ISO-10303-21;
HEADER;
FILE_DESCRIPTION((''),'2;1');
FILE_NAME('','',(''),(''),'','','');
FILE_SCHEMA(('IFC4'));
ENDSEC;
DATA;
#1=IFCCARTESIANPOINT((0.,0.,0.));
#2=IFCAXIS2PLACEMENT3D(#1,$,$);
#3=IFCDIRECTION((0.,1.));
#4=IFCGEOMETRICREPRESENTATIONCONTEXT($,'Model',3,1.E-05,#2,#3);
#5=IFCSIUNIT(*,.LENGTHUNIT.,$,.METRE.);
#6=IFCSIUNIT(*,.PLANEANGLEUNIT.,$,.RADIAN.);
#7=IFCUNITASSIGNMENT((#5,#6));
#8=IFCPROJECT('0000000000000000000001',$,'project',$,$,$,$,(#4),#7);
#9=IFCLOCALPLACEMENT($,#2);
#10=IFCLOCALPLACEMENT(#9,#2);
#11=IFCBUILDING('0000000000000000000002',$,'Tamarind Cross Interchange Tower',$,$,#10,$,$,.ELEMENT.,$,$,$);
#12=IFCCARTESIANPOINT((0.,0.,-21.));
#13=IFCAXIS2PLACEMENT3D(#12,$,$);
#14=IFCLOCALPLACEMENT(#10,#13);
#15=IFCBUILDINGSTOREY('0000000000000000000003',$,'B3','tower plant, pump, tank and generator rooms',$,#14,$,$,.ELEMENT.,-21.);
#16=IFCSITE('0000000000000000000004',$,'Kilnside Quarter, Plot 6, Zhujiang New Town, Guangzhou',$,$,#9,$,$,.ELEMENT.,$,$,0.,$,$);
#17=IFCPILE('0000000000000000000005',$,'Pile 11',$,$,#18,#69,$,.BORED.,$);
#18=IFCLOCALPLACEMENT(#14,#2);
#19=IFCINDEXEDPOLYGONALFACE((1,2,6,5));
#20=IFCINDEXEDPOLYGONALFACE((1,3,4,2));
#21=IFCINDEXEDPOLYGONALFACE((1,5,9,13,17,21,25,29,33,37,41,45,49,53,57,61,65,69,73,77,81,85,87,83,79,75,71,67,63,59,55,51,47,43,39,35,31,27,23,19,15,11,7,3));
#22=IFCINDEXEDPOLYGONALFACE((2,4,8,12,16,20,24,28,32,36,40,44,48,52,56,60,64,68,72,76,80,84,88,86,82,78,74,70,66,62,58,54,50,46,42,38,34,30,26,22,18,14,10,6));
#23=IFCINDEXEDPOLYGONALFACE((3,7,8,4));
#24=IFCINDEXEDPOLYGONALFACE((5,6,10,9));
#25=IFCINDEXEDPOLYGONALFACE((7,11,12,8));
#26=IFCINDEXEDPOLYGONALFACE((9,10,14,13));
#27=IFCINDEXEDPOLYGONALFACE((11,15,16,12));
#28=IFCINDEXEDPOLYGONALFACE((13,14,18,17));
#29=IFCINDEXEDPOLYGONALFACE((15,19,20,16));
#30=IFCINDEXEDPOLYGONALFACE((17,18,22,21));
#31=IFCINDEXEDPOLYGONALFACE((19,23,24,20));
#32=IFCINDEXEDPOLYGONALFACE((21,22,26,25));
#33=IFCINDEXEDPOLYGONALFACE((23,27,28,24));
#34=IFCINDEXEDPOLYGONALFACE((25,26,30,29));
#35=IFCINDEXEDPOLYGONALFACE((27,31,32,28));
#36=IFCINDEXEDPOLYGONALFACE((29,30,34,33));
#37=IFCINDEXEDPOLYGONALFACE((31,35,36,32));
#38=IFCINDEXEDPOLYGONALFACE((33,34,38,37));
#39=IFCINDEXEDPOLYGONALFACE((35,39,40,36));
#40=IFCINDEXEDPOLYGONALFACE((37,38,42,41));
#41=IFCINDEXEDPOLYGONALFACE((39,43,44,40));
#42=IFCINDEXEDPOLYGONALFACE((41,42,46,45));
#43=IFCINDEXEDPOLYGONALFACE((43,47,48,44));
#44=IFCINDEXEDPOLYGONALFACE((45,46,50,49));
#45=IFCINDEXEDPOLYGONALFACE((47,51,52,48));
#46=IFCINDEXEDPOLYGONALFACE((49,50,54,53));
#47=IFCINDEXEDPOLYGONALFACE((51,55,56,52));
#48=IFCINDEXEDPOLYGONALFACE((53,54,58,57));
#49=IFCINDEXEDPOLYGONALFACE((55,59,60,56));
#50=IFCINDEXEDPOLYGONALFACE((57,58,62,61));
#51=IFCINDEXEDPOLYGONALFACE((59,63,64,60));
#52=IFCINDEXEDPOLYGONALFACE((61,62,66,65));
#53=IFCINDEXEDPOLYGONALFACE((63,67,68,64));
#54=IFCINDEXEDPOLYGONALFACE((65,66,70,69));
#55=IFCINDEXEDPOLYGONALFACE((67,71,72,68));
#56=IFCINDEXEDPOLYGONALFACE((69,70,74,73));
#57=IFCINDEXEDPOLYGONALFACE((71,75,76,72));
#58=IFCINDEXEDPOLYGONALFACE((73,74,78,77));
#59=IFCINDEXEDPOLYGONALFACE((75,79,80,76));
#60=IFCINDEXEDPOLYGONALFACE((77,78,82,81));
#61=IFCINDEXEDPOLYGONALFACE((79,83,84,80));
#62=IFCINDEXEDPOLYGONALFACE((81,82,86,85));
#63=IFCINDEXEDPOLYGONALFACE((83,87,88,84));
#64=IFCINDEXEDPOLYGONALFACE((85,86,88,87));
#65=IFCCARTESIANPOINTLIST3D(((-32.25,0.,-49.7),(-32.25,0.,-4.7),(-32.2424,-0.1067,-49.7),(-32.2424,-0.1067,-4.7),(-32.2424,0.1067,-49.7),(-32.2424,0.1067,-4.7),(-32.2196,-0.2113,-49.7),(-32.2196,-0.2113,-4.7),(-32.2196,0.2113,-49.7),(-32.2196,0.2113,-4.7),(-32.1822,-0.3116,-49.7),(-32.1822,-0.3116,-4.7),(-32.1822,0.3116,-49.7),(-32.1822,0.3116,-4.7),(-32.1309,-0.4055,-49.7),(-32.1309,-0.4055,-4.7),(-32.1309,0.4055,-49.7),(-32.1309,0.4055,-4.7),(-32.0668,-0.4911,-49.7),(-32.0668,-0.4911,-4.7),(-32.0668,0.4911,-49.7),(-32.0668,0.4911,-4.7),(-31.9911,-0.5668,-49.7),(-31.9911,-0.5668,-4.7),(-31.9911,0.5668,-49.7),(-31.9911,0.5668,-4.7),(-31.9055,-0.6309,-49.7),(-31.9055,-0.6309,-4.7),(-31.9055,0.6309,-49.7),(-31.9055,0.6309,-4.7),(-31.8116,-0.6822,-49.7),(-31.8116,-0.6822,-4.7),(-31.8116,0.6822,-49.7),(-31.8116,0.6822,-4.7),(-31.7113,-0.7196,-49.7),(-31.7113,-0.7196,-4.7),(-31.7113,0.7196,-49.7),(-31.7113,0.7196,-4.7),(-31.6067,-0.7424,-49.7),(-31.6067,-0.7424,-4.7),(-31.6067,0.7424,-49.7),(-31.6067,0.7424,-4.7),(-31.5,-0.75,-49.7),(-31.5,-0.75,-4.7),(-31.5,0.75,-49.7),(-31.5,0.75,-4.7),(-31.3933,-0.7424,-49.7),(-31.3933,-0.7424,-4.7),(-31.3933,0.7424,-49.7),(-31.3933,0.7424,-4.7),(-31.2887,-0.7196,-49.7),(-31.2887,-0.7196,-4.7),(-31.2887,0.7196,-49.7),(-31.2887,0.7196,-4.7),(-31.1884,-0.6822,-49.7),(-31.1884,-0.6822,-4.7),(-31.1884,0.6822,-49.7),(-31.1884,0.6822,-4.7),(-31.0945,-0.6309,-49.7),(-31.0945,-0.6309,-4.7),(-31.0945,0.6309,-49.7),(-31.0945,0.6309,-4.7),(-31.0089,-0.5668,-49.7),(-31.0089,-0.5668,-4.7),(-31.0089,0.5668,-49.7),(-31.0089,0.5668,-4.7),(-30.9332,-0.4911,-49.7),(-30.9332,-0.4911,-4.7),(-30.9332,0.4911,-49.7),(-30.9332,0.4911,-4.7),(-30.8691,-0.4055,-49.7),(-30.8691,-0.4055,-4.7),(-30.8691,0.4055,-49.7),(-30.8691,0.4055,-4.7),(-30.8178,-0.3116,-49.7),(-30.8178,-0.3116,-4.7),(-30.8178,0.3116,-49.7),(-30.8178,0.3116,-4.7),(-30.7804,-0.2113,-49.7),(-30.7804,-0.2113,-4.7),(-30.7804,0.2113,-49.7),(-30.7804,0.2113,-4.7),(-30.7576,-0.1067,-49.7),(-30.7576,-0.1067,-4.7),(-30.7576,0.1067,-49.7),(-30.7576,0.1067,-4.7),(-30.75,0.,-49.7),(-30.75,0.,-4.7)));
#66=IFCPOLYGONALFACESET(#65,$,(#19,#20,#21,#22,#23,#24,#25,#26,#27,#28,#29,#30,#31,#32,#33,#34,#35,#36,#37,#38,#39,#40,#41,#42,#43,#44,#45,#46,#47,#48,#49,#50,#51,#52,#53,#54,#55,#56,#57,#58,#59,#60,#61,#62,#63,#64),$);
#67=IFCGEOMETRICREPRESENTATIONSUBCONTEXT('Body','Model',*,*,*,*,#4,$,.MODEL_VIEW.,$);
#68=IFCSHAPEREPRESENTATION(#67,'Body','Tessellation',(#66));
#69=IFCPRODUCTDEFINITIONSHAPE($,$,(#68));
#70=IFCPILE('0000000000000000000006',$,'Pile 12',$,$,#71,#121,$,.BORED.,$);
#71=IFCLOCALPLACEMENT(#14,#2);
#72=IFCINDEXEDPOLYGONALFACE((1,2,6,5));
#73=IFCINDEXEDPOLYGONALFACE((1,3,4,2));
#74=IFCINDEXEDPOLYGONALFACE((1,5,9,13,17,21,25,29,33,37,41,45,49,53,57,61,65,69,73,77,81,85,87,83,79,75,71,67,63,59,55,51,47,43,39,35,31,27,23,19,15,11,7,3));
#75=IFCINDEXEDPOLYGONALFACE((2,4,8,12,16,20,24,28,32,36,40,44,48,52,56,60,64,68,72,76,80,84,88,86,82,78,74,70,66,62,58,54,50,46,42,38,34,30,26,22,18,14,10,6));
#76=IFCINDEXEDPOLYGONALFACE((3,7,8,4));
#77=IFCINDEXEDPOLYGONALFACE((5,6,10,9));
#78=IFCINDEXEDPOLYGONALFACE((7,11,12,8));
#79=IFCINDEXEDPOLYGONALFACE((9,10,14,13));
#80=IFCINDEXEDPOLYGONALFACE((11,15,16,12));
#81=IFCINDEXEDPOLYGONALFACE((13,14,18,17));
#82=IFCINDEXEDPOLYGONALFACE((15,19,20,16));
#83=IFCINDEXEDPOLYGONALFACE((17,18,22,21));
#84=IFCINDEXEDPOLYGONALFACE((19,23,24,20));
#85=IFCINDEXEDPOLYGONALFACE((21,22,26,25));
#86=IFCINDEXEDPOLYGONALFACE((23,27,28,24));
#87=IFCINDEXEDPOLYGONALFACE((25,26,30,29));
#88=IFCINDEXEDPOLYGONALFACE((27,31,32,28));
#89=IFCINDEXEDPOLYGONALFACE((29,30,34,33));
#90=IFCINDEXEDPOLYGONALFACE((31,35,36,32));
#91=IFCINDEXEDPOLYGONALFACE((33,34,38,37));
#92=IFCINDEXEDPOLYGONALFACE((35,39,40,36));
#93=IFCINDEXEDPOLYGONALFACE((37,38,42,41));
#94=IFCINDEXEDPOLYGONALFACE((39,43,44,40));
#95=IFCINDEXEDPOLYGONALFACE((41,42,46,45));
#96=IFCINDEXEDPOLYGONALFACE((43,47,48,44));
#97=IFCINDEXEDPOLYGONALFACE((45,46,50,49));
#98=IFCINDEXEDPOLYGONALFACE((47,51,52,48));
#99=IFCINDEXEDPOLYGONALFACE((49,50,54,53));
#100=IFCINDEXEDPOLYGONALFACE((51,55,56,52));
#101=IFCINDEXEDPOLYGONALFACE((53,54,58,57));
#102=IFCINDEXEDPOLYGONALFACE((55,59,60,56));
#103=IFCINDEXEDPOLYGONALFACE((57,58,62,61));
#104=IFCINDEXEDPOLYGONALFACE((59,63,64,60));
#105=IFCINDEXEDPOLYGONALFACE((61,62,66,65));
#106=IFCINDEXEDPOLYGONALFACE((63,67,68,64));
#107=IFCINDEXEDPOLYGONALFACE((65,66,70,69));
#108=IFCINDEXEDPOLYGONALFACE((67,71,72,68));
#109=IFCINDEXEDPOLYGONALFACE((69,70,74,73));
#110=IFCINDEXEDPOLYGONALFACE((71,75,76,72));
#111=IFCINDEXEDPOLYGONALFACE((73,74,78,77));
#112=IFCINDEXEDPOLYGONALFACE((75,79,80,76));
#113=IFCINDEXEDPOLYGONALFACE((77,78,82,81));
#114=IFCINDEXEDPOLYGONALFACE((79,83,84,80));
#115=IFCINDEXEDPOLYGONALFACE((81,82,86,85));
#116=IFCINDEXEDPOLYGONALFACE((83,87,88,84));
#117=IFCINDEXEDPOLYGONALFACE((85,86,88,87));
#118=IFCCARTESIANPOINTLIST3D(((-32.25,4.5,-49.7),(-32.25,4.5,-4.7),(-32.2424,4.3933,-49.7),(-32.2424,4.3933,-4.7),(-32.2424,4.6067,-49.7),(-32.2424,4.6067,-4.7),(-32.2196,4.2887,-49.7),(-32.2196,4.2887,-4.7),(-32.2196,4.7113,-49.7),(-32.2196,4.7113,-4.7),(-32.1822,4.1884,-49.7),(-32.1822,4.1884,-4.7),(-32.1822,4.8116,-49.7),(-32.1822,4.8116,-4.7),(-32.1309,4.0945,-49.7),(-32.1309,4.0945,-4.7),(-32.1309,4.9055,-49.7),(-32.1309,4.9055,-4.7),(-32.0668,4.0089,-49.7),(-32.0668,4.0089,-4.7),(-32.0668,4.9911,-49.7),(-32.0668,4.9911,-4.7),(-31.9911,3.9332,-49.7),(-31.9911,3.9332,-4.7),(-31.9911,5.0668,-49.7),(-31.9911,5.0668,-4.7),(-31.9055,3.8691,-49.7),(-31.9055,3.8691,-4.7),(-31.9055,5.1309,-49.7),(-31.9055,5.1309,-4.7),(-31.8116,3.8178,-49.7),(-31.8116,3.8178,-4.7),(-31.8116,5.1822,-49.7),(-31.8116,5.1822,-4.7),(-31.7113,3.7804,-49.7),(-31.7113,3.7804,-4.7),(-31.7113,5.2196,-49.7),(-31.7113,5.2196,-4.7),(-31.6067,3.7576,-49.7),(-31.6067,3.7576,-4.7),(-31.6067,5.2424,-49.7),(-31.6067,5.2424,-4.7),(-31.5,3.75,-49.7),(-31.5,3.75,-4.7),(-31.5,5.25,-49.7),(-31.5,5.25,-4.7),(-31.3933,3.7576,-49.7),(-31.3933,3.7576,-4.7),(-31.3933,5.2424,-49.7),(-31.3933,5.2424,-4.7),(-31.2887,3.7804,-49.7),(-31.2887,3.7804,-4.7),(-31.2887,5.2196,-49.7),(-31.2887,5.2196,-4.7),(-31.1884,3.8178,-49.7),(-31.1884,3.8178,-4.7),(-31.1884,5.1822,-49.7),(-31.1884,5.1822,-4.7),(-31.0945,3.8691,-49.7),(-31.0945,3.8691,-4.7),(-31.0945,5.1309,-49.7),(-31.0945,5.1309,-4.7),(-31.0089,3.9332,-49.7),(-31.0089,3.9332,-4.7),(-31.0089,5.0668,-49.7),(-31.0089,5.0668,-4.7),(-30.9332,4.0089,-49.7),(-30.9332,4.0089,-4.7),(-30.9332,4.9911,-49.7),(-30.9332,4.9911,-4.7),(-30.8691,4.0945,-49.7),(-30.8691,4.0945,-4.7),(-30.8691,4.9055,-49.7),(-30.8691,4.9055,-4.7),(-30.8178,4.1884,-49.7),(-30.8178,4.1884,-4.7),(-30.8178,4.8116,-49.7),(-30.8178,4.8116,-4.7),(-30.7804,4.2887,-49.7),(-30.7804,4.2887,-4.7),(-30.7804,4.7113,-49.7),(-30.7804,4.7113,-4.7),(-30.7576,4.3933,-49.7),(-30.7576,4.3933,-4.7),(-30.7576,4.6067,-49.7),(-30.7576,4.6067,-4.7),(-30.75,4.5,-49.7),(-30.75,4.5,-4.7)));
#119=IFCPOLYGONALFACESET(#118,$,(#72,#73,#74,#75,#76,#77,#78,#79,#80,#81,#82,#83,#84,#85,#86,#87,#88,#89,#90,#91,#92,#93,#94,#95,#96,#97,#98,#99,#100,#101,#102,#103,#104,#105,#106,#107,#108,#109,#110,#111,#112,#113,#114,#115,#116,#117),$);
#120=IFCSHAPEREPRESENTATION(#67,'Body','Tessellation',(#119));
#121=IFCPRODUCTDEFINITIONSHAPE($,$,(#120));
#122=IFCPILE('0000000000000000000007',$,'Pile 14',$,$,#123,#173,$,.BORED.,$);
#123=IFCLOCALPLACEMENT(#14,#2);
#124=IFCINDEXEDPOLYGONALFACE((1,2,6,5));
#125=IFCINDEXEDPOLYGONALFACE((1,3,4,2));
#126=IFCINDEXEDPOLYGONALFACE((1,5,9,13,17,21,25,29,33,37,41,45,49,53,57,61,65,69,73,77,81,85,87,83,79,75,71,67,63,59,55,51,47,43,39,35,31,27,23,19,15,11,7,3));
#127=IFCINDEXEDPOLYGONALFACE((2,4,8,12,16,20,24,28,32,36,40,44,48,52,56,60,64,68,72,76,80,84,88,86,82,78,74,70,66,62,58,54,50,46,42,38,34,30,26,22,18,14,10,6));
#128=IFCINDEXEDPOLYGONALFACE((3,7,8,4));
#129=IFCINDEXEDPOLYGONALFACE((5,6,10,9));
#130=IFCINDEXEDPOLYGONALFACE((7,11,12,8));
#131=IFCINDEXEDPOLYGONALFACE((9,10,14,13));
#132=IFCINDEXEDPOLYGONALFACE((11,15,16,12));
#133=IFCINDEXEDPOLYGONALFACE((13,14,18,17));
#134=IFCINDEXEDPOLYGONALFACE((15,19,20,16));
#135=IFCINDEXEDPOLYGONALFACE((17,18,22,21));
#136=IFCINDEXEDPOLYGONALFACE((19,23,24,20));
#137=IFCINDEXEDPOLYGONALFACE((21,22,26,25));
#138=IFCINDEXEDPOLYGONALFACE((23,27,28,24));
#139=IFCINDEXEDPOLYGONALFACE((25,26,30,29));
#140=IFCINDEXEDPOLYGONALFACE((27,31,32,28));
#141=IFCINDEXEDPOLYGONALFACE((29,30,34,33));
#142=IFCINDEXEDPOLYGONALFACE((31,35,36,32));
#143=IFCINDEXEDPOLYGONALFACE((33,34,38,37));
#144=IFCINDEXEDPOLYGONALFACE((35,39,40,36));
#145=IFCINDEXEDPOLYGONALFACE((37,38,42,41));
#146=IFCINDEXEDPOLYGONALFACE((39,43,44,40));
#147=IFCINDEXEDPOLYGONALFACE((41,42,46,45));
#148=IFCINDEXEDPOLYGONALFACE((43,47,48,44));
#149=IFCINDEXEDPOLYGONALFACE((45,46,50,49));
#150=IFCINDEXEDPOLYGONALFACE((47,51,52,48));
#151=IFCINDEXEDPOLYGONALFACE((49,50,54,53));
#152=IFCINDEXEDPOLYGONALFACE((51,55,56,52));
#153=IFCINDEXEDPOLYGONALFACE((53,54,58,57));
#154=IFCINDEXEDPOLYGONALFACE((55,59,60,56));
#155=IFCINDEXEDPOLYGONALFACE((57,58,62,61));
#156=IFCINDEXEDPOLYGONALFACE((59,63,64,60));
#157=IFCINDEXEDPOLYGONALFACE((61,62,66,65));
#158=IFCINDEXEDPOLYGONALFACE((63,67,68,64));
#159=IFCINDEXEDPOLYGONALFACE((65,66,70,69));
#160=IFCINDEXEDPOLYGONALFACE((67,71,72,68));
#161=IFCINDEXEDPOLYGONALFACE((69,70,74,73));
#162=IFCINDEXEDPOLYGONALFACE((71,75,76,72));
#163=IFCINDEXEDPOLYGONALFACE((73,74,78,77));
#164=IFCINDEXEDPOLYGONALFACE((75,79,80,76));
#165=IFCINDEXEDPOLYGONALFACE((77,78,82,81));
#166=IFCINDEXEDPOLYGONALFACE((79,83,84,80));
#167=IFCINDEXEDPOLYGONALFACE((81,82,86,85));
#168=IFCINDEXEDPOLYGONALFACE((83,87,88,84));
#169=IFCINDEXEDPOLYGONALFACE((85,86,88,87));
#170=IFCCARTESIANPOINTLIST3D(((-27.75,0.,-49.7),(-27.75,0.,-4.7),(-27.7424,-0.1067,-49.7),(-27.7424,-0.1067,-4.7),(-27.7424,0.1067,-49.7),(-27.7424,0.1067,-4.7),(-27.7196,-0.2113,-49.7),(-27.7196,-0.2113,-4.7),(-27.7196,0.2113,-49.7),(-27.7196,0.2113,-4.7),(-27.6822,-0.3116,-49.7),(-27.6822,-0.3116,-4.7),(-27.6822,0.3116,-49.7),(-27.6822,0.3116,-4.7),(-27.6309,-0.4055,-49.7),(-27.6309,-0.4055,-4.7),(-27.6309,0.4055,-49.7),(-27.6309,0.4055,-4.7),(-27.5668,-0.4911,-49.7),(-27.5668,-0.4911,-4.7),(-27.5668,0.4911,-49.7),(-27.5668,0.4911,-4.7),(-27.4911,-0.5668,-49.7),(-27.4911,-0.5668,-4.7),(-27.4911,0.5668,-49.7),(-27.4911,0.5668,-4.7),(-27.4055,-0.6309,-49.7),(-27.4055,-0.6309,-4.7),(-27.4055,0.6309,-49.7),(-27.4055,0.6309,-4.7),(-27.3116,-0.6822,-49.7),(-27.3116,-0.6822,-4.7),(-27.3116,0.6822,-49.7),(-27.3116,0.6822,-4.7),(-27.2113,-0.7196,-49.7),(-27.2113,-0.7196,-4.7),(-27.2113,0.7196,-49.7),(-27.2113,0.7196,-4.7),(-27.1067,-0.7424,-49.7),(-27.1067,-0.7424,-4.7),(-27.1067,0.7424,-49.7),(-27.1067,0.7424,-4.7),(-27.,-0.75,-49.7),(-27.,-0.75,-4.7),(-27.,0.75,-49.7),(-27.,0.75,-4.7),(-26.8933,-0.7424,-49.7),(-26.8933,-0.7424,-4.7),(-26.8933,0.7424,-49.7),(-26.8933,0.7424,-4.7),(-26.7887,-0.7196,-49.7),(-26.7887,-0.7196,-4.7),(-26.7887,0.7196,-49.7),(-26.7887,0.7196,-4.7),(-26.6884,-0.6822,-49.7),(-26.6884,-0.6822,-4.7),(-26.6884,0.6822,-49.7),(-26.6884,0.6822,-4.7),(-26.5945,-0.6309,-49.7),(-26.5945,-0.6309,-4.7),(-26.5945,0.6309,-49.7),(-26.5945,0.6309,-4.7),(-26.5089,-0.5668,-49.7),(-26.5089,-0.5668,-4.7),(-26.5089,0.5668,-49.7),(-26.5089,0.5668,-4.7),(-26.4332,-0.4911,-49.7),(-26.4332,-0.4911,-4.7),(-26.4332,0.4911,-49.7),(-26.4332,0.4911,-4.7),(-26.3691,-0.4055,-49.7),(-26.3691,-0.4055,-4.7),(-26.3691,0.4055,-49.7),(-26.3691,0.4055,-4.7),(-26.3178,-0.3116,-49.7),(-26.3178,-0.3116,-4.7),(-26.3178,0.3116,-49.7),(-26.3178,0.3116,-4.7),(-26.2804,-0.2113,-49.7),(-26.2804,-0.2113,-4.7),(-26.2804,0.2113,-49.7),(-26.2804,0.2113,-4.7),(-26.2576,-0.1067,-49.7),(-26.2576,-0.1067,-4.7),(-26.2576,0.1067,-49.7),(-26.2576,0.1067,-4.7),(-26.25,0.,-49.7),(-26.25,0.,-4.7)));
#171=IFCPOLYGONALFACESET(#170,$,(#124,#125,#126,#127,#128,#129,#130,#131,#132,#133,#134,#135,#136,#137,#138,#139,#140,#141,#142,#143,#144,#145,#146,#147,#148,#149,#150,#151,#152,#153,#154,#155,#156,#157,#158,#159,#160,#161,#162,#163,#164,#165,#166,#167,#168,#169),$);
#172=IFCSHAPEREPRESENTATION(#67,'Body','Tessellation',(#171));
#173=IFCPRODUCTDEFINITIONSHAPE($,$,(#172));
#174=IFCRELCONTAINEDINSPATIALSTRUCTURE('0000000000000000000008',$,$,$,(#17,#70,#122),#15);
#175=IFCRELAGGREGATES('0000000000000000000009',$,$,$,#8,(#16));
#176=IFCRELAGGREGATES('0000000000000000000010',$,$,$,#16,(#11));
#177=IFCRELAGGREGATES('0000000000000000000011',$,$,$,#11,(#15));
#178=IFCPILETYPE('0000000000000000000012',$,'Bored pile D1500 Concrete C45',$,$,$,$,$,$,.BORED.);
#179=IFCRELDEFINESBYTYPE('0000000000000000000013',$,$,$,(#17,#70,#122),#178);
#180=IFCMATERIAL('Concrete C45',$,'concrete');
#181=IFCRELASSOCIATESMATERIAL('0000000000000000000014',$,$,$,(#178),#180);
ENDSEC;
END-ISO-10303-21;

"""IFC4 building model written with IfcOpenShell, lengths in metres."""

from ifc_helpers import new_model, si_unit, direction, frame, origin, origin_2d, place, context, subcontext, project, spatial, circle, extrude, material, material_profile, profile_set, type_object, element, save


model = new_model("IFC4")

# Units and contexts
model_context = context("Model", 3, precision=1e-05, world=origin(), true_north=direction((0.0, 1.0)))
body_context = subcontext(model_context, "Body", "Model", "MODEL_VIEW")
ifc_project = project(units=[si_unit("LENGTHUNIT", "METRE"), si_unit("PLANEANGLEUNIT", "RADIAN")], contexts=[model_context])

# Site, building, storey
site_placement = place(None, origin())
site = spatial("IfcSite", under=ifc_project, at=site_placement, Name="Kilnside Quarter, Plot 6, Zhujiang New Town, Guangzhou", CompositionType="ELEMENT", RefElevation=0.0)
building_placement = place(site_placement, origin())
building = spatial("IfcBuilding", under=site, at=building_placement, Name="Tamarind Cross Interchange Tower", CompositionType="ELEMENT")
storey_placement = place(building_placement, frame((0.0, 0.0, -21.0)))
storey = spatial("IfcBuildingStorey", under=building, at=storey_placement, Name="B3", Description="tower plant, pump, tank and generator rooms", CompositionType="ELEMENT", Elevation=-21.0)

# Piles
ifc_material_1 = material(Name="Concrete C45", Category="concrete")
ifc_material_profile_1 = material_profile(ifc_material_1, circle(Radius=0.75, at=origin_2d()), Name="RC D1500")
ifc_profile_set_1 = profile_set([ifc_material_profile_1], Name="Concrete C45")
pile_type = type_object("IfcPileType", Name="Bored pile D1500 Concrete C45", PredefinedType="BORED", material=ifc_profile_set_1)
for number, where, z_axis, x_axis, name in (
    (1, (-31.5, 0.0, -4.7), (0.0, 0.0, -1.0), (1.0, 0.0, 0.0), "Pile 11"),
    (2, (-31.5, 4.5, -4.7), (0.0, 0.0, -1.0), (1.0, 0.0, 0.0), "Pile 12"),
    (3, (-27.0, 0.0, -4.7), (0.0, 0.0, -1.0), (1.0, 0.0, 0.0), "Pile 14"),
):
    element("IfcPile", number, at=place(storey_placement, frame(where, z_axis=z_axis, x_axis=x_axis)), inside=storey, type_object=pile_type, Name=name, PredefinedType="BORED", context=body_context, shape_type="SweptSolid", body=[
        extrude(circle(Radius=0.75, at=origin_2d()), origin(), (0.0, 0.0, 1.0), 45.0),
    ])

save(model, "model.ifc")
